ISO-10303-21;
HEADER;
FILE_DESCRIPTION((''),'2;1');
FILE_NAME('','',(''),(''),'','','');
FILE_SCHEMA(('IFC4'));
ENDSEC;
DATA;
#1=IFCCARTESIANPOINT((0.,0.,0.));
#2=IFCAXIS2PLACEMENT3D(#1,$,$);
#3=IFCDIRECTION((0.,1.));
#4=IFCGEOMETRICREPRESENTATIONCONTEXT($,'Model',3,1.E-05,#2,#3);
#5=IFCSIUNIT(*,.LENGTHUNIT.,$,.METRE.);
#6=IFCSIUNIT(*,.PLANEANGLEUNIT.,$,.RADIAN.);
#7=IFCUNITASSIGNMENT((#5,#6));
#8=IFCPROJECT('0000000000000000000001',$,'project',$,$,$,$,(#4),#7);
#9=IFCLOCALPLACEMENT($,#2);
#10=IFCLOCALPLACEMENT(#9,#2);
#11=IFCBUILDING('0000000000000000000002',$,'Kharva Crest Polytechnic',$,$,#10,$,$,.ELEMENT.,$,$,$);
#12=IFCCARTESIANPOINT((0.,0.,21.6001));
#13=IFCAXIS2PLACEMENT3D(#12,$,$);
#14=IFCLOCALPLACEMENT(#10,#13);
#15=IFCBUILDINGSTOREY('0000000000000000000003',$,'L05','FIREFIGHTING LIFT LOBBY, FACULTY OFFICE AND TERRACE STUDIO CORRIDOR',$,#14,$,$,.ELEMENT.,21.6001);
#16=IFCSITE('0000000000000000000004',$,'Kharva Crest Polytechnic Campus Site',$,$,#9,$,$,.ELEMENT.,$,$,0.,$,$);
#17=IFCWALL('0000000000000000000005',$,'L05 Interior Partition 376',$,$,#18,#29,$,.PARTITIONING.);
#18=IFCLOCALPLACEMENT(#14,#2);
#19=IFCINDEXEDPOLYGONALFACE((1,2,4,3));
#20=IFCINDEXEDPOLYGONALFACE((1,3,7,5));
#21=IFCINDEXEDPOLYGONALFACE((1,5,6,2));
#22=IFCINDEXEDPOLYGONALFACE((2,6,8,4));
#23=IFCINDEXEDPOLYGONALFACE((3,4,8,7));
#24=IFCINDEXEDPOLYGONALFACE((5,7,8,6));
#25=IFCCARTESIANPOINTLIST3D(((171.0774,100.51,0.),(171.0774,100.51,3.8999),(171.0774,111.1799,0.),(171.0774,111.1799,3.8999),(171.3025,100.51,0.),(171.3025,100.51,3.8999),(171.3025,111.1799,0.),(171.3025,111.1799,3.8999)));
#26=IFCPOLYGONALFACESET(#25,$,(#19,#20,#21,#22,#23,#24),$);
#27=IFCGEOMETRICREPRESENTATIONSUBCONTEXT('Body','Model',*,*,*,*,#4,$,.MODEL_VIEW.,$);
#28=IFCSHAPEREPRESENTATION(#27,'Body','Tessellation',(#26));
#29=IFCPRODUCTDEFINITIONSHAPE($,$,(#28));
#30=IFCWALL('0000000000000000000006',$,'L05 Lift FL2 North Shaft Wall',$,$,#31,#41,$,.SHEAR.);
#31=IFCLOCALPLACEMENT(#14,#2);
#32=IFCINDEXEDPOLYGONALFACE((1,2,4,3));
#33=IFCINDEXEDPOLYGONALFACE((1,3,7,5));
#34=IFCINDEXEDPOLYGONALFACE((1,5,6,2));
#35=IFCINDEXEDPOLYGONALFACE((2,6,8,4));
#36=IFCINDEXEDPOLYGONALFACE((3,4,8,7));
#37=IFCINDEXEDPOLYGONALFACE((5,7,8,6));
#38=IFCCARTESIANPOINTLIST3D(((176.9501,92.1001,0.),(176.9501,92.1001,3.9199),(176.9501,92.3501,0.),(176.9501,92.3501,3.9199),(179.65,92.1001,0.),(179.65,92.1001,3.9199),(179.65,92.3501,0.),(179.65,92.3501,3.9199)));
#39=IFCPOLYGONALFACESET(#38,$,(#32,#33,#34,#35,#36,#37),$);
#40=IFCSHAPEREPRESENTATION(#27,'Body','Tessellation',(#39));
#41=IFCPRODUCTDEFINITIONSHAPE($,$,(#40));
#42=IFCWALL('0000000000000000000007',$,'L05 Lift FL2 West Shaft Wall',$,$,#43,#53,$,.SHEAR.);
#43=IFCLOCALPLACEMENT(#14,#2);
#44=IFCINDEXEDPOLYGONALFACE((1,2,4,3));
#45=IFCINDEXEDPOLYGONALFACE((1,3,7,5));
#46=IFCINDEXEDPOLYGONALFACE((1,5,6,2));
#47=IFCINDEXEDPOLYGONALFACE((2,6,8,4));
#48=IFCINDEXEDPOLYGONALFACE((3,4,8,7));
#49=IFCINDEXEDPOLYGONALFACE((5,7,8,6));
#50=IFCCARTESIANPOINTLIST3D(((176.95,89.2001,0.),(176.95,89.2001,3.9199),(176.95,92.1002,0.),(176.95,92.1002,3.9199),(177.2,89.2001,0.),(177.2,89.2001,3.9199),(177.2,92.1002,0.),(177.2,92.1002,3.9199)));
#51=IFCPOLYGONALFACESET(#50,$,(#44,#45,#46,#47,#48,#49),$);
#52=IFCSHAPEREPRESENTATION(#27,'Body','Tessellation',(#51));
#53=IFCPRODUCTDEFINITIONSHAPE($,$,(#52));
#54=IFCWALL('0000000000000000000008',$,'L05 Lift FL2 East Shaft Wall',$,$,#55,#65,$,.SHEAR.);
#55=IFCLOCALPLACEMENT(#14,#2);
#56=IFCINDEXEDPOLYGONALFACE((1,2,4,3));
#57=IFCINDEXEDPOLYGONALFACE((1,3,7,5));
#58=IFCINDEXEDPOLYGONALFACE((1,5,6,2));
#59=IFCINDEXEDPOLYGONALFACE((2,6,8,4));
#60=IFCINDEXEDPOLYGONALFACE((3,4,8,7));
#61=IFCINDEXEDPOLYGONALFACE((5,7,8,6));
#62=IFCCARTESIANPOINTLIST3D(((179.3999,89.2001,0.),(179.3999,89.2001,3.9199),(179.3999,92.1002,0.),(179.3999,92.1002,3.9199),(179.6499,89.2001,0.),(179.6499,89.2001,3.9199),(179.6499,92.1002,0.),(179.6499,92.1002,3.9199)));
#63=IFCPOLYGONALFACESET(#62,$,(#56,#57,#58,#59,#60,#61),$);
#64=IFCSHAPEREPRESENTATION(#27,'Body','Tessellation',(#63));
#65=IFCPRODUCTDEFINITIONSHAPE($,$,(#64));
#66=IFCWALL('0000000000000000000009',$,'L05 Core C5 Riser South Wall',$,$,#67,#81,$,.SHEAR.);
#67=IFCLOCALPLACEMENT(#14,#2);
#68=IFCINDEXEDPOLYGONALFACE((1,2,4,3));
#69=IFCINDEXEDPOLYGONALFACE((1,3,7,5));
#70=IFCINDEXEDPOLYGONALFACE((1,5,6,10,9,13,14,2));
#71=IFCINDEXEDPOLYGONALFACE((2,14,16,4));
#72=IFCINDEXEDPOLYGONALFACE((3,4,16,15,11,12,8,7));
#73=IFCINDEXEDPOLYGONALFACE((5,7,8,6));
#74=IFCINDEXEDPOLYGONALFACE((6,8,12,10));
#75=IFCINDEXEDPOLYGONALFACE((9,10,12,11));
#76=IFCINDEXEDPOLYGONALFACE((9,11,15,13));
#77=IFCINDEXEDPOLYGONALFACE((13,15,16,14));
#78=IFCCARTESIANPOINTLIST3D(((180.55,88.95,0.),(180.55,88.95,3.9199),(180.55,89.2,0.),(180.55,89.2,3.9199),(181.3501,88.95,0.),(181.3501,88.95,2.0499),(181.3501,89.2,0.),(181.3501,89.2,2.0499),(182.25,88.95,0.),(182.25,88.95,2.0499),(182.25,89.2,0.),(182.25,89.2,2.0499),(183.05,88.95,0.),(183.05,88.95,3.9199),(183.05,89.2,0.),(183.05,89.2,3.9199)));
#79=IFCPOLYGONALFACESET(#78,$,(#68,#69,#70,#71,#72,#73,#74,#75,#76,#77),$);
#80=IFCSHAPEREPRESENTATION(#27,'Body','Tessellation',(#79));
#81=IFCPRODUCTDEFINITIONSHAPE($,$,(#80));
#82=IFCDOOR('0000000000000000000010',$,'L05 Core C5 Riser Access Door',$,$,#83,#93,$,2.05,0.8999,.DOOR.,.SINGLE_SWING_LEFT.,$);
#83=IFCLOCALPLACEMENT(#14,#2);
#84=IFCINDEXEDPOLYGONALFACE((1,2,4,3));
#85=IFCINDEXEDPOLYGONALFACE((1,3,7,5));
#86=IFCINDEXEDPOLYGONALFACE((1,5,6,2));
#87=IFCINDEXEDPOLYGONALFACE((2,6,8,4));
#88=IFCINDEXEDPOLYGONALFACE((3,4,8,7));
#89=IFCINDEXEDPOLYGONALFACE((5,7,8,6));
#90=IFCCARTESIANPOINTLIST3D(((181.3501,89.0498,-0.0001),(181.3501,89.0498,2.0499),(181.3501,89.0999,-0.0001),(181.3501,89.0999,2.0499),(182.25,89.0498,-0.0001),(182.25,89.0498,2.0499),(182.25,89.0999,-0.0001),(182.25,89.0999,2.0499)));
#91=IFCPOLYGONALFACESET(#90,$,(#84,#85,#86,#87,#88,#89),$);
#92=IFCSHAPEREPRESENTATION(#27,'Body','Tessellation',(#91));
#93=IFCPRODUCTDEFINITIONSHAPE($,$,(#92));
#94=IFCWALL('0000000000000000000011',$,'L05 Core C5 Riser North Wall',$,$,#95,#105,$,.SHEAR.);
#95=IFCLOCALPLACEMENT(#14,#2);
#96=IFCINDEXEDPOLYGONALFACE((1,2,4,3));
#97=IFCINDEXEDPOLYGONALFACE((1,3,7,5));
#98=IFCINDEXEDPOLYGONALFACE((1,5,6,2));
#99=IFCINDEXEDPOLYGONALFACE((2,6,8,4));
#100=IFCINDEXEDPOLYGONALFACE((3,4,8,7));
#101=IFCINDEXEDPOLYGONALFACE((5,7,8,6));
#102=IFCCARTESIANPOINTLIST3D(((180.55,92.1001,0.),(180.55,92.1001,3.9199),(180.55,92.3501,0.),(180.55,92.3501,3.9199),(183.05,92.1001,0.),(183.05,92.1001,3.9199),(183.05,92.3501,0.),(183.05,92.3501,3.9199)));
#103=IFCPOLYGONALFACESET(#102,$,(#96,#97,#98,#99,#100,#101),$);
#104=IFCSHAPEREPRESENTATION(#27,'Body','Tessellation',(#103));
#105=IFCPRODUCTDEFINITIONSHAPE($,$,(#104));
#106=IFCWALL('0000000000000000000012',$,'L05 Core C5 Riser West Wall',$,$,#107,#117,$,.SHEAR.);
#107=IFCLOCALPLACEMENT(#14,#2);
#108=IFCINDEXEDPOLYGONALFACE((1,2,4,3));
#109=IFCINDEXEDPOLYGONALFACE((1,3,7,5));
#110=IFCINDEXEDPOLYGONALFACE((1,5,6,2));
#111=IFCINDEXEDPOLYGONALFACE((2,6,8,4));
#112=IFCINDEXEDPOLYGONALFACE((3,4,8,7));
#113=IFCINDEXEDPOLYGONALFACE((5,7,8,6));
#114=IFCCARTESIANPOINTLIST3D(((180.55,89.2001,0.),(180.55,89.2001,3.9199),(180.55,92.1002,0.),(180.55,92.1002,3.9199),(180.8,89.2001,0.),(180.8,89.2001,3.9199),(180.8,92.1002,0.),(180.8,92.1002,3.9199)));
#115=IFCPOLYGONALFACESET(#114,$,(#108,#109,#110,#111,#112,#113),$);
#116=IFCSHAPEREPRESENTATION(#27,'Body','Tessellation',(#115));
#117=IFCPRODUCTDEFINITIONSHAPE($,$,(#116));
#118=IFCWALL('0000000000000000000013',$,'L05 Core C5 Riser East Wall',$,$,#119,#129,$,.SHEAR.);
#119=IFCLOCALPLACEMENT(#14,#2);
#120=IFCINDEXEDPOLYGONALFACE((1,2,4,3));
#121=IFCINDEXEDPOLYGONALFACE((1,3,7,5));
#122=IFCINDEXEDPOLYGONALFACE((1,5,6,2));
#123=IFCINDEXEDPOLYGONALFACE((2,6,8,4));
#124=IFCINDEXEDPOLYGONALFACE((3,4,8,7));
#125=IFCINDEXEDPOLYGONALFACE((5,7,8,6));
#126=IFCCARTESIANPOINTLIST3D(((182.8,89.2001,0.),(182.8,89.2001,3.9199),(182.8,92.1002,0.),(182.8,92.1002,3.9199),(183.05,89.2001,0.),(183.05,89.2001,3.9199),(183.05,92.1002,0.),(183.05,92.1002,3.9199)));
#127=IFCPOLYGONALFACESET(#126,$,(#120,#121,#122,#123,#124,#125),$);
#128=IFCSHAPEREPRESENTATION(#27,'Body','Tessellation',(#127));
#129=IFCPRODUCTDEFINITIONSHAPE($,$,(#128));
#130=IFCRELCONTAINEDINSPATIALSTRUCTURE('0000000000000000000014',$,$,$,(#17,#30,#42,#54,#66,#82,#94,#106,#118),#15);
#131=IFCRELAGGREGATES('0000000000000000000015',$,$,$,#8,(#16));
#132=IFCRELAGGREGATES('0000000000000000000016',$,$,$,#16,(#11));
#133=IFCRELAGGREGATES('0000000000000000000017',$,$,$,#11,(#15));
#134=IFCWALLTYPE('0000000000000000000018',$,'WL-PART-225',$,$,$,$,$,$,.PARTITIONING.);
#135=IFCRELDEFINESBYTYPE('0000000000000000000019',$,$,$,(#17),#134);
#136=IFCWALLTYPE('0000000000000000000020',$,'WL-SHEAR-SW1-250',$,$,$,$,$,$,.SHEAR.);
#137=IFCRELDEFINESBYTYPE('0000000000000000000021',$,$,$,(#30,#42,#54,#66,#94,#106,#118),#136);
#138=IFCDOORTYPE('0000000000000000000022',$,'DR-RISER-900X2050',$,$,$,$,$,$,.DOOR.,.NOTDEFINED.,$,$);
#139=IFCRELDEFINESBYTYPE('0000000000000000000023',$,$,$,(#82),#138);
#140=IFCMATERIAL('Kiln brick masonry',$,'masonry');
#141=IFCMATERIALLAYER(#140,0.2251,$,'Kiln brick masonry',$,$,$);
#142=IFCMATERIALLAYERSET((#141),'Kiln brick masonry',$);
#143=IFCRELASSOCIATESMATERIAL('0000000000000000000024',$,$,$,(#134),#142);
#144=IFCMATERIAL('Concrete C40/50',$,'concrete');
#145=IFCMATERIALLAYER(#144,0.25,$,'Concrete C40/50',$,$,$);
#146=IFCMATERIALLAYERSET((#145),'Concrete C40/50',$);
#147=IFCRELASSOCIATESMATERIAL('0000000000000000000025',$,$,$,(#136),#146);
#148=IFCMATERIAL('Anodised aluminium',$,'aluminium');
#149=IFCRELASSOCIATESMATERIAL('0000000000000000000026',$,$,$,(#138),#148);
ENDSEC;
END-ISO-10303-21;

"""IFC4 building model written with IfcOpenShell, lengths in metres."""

from ifc_helpers import new_model, si_unit, direction, frame, frame_2d, origin, place, context, subcontext, project, spatial, rectangle, extrude, material, layer, layer_set, type_object, element, fill, save


model = new_model("IFC4")

# Units and contexts
model_context = context("Model", 3, precision=1e-05, world=origin(), true_north=direction((0.0, 1.0)))
body_context = subcontext(model_context, "Body", "Model", "MODEL_VIEW")
ifc_project = project(units=[si_unit("LENGTHUNIT", "METRE"), si_unit("PLANEANGLEUNIT", "RADIAN")], contexts=[model_context])

# Site, building, storey
site_placement = place(None, origin())
site = spatial("IfcSite", under=ifc_project, at=site_placement, Name="Kharva Crest Polytechnic Campus Site", CompositionType="ELEMENT", RefElevation=0.0)
building_placement = place(site_placement, origin())
building = spatial("IfcBuilding", under=site, at=building_placement, Name="Kharva Crest Polytechnic", CompositionType="ELEMENT")
storey_placement = place(building_placement, frame((0.0, 0.0, 21.6001)))
storey = spatial("IfcBuildingStorey", under=building, at=storey_placement, Name="L05", Description="FIREFIGHTING LIFT LOBBY, FACULTY OFFICE AND TERRACE STUDIO CORRIDOR", CompositionType="ELEMENT", Elevation=21.6001)

# Shared definitions
ifc_material_1 = material(Name="Concrete C40/50", Category="concrete")

# Shared definitions
ifc_material_2 = material(Name="Kiln brick masonry", Category="masonry")
ifc_material_3 = material(Name="Anodised aluminium", Category="aluminium")

# Wall
ifc_layer_1 = layer(ifc_material_2, 0.2251, Name="Kiln brick masonry")
ifc_layer_set_1 = layer_set([ifc_layer_1], Name="Kiln brick masonry")
wall_type_1 = type_object("IfcWallType", Name="WL-PART-225", PredefinedType="PARTITIONING", material=ifc_layer_set_1)
wall_1_placement = place(storey_placement, frame((171.1899, 100.51, 0.0), z_axis=(0.0, 0.0, 1.0), x_axis=(0.0, 1.0, 0.0)))
element("IfcWall", 1, at=wall_1_placement, inside=storey, type_object=wall_type_1, Name="L05 Interior Partition 376", PredefinedType="PARTITIONING", context=body_context, shape_type="SweptSolid", body=[
    extrude(rectangle(XDim=10.6699, YDim=0.2251, at=frame_2d((5.335, 0.0))), origin(), (0.0, 0.0, 1.0), 3.8999),
])

# Shared definitions
ifc_layer_2 = layer(ifc_material_1, 0.25, Name="Concrete C40/50")
ifc_layer_set_2 = layer_set([ifc_layer_2], Name="Concrete C40/50")
wall_type_2 = type_object("IfcWallType", Name="WL-SHEAR-SW1-250", PredefinedType="SHEAR", material=ifc_layer_set_2)

# Walls
wall_2_placement = place(storey_placement, frame((176.95, 92.2251, 0.0), z_axis=(0.0, 0.0, 1.0), x_axis=(1.0, 0.0, 0.0)))
element("IfcWall", 2, at=wall_2_placement, inside=storey, type_object=wall_type_2, Name="L05 Lift FL2 North Shaft Wall", PredefinedType="SHEAR", context=body_context, shape_type="SweptSolid", body=[
    extrude(rectangle(XDim=2.7, YDim=0.25, at=frame_2d((1.3501, 0.0))), origin(), (0.0, 0.0, 1.0), 3.9199),
])
for number, where, z_axis, x_axis, name in (
    (3, (177.075, 89.2, 0.0), (0.0, 0.0, 1.0), (0.0, 1.0, 0.0), "L05 Lift FL2 West Shaft Wall"),
    (4, (179.5249, 89.2, 0.0), (0.0, 0.0, 1.0), (0.0, 1.0, 0.0), "L05 Lift FL2 East Shaft Wall"),
):
    element("IfcWall", number, at=place(storey_placement, frame(where, z_axis=z_axis, x_axis=x_axis)), inside=storey, type_object=wall_type_2, Name=name, PredefinedType="SHEAR", context=body_context, shape_type="SweptSolid", body=[
        extrude(rectangle(XDim=2.9001, YDim=0.25, at=frame_2d((1.4502, 0.0))), origin(), (0.0, 0.0, 1.0), 3.9199),
    ])

# Wall, opening, door
wall_3_placement = place(storey_placement, frame((180.55, 89.075, 0.0), z_axis=(0.0, 0.0, 1.0), x_axis=(1.0, 0.0, 0.0)))
wall_3 = element("IfcWall", 5, at=wall_3_placement, inside=storey, type_object=wall_type_2, Name="L05 Core C5 Riser South Wall", PredefinedType="SHEAR", context=body_context, shape_type="SweptSolid", body=[
    extrude(rectangle(XDim=2.5, YDim=0.25, at=frame_2d((1.25, 0.0))), origin(), (0.0, 0.0, 1.0), 3.9199),
])
opening_1_placement = place(wall_3_placement, frame((0.8, 0.0, 0.0)))
opening_1 = element("IfcOpeningElement", 6, at=opening_1_placement, cuts=wall_3, PredefinedType="OPENING", context=body_context, shape_type="SweptSolid", body=[
    extrude(rectangle(XDim=0.8999, YDim=2.05, at=frame_2d((0.45, 1.0249))), frame((0.0, 0.135, 0.0), z_axis=(0.0, -1.0, 0.0), x_axis=(1.0, 0.0, 0.0)), (0.0, 0.0, 1.0), 0.27),
])
door_type_1 = type_object("IfcDoorType", Name="DR-RISER-900X2050", OperationType="NOTDEFINED", PredefinedType="DOOR", material=ifc_material_3)
door_1_placement = place(opening_1_placement, origin())
door_1 = element("IfcDoor", 7, at=door_1_placement, inside=storey, type_object=door_type_1, Name="L05 Core C5 Riser Access Door", OperationType="SINGLE_SWING_LEFT", OverallHeight=2.05, OverallWidth=0.8999, PredefinedType="DOOR", context=body_context, shape_type="SweptSolid", body=[
    extrude(rectangle(XDim=0.8999, YDim=2.05, at=frame_2d((0.45, 1.0249))), frame((0.0, 0.0249, 0.0), z_axis=(0.0, -1.0, 0.0), x_axis=(1.0, 0.0, 0.0)), (0.0, 0.0, 1.0), 0.05),
])
fill(opening_1, door_1)

# Walls
wall_4_placement = place(storey_placement, frame((180.55, 92.2251, 0.0), z_axis=(0.0, 0.0, 1.0), x_axis=(1.0, 0.0, 0.0)))
element("IfcWall", 8, at=wall_4_placement, inside=storey, type_object=wall_type_2, Name="L05 Core C5 Riser North Wall", PredefinedType="SHEAR", context=body_context, shape_type="SweptSolid", body=[
    extrude(rectangle(XDim=2.5, YDim=0.25, at=frame_2d((1.25, 0.0))), origin(), (0.0, 0.0, 1.0), 3.9199),
])
for number, where, z_axis, x_axis, name in (
    (9, (180.675, 89.2, 0.0), (0.0, 0.0, 1.0), (0.0, 1.0, 0.0), "L05 Core C5 Riser West Wall"),
    (10, (182.925, 89.2, 0.0), (0.0, 0.0, 1.0), (0.0, 1.0, 0.0), "L05 Core C5 Riser East Wall"),
):
    element("IfcWall", number, at=place(storey_placement, frame(where, z_axis=z_axis, x_axis=x_axis)), inside=storey, type_object=wall_type_2, Name=name, PredefinedType="SHEAR", context=body_context, shape_type="SweptSolid", body=[
        extrude(rectangle(XDim=2.9001, YDim=0.25, at=frame_2d((1.4502, 0.0))), origin(), (0.0, 0.0, 1.0), 3.9199),
    ])

save(model, "model.ifc")
